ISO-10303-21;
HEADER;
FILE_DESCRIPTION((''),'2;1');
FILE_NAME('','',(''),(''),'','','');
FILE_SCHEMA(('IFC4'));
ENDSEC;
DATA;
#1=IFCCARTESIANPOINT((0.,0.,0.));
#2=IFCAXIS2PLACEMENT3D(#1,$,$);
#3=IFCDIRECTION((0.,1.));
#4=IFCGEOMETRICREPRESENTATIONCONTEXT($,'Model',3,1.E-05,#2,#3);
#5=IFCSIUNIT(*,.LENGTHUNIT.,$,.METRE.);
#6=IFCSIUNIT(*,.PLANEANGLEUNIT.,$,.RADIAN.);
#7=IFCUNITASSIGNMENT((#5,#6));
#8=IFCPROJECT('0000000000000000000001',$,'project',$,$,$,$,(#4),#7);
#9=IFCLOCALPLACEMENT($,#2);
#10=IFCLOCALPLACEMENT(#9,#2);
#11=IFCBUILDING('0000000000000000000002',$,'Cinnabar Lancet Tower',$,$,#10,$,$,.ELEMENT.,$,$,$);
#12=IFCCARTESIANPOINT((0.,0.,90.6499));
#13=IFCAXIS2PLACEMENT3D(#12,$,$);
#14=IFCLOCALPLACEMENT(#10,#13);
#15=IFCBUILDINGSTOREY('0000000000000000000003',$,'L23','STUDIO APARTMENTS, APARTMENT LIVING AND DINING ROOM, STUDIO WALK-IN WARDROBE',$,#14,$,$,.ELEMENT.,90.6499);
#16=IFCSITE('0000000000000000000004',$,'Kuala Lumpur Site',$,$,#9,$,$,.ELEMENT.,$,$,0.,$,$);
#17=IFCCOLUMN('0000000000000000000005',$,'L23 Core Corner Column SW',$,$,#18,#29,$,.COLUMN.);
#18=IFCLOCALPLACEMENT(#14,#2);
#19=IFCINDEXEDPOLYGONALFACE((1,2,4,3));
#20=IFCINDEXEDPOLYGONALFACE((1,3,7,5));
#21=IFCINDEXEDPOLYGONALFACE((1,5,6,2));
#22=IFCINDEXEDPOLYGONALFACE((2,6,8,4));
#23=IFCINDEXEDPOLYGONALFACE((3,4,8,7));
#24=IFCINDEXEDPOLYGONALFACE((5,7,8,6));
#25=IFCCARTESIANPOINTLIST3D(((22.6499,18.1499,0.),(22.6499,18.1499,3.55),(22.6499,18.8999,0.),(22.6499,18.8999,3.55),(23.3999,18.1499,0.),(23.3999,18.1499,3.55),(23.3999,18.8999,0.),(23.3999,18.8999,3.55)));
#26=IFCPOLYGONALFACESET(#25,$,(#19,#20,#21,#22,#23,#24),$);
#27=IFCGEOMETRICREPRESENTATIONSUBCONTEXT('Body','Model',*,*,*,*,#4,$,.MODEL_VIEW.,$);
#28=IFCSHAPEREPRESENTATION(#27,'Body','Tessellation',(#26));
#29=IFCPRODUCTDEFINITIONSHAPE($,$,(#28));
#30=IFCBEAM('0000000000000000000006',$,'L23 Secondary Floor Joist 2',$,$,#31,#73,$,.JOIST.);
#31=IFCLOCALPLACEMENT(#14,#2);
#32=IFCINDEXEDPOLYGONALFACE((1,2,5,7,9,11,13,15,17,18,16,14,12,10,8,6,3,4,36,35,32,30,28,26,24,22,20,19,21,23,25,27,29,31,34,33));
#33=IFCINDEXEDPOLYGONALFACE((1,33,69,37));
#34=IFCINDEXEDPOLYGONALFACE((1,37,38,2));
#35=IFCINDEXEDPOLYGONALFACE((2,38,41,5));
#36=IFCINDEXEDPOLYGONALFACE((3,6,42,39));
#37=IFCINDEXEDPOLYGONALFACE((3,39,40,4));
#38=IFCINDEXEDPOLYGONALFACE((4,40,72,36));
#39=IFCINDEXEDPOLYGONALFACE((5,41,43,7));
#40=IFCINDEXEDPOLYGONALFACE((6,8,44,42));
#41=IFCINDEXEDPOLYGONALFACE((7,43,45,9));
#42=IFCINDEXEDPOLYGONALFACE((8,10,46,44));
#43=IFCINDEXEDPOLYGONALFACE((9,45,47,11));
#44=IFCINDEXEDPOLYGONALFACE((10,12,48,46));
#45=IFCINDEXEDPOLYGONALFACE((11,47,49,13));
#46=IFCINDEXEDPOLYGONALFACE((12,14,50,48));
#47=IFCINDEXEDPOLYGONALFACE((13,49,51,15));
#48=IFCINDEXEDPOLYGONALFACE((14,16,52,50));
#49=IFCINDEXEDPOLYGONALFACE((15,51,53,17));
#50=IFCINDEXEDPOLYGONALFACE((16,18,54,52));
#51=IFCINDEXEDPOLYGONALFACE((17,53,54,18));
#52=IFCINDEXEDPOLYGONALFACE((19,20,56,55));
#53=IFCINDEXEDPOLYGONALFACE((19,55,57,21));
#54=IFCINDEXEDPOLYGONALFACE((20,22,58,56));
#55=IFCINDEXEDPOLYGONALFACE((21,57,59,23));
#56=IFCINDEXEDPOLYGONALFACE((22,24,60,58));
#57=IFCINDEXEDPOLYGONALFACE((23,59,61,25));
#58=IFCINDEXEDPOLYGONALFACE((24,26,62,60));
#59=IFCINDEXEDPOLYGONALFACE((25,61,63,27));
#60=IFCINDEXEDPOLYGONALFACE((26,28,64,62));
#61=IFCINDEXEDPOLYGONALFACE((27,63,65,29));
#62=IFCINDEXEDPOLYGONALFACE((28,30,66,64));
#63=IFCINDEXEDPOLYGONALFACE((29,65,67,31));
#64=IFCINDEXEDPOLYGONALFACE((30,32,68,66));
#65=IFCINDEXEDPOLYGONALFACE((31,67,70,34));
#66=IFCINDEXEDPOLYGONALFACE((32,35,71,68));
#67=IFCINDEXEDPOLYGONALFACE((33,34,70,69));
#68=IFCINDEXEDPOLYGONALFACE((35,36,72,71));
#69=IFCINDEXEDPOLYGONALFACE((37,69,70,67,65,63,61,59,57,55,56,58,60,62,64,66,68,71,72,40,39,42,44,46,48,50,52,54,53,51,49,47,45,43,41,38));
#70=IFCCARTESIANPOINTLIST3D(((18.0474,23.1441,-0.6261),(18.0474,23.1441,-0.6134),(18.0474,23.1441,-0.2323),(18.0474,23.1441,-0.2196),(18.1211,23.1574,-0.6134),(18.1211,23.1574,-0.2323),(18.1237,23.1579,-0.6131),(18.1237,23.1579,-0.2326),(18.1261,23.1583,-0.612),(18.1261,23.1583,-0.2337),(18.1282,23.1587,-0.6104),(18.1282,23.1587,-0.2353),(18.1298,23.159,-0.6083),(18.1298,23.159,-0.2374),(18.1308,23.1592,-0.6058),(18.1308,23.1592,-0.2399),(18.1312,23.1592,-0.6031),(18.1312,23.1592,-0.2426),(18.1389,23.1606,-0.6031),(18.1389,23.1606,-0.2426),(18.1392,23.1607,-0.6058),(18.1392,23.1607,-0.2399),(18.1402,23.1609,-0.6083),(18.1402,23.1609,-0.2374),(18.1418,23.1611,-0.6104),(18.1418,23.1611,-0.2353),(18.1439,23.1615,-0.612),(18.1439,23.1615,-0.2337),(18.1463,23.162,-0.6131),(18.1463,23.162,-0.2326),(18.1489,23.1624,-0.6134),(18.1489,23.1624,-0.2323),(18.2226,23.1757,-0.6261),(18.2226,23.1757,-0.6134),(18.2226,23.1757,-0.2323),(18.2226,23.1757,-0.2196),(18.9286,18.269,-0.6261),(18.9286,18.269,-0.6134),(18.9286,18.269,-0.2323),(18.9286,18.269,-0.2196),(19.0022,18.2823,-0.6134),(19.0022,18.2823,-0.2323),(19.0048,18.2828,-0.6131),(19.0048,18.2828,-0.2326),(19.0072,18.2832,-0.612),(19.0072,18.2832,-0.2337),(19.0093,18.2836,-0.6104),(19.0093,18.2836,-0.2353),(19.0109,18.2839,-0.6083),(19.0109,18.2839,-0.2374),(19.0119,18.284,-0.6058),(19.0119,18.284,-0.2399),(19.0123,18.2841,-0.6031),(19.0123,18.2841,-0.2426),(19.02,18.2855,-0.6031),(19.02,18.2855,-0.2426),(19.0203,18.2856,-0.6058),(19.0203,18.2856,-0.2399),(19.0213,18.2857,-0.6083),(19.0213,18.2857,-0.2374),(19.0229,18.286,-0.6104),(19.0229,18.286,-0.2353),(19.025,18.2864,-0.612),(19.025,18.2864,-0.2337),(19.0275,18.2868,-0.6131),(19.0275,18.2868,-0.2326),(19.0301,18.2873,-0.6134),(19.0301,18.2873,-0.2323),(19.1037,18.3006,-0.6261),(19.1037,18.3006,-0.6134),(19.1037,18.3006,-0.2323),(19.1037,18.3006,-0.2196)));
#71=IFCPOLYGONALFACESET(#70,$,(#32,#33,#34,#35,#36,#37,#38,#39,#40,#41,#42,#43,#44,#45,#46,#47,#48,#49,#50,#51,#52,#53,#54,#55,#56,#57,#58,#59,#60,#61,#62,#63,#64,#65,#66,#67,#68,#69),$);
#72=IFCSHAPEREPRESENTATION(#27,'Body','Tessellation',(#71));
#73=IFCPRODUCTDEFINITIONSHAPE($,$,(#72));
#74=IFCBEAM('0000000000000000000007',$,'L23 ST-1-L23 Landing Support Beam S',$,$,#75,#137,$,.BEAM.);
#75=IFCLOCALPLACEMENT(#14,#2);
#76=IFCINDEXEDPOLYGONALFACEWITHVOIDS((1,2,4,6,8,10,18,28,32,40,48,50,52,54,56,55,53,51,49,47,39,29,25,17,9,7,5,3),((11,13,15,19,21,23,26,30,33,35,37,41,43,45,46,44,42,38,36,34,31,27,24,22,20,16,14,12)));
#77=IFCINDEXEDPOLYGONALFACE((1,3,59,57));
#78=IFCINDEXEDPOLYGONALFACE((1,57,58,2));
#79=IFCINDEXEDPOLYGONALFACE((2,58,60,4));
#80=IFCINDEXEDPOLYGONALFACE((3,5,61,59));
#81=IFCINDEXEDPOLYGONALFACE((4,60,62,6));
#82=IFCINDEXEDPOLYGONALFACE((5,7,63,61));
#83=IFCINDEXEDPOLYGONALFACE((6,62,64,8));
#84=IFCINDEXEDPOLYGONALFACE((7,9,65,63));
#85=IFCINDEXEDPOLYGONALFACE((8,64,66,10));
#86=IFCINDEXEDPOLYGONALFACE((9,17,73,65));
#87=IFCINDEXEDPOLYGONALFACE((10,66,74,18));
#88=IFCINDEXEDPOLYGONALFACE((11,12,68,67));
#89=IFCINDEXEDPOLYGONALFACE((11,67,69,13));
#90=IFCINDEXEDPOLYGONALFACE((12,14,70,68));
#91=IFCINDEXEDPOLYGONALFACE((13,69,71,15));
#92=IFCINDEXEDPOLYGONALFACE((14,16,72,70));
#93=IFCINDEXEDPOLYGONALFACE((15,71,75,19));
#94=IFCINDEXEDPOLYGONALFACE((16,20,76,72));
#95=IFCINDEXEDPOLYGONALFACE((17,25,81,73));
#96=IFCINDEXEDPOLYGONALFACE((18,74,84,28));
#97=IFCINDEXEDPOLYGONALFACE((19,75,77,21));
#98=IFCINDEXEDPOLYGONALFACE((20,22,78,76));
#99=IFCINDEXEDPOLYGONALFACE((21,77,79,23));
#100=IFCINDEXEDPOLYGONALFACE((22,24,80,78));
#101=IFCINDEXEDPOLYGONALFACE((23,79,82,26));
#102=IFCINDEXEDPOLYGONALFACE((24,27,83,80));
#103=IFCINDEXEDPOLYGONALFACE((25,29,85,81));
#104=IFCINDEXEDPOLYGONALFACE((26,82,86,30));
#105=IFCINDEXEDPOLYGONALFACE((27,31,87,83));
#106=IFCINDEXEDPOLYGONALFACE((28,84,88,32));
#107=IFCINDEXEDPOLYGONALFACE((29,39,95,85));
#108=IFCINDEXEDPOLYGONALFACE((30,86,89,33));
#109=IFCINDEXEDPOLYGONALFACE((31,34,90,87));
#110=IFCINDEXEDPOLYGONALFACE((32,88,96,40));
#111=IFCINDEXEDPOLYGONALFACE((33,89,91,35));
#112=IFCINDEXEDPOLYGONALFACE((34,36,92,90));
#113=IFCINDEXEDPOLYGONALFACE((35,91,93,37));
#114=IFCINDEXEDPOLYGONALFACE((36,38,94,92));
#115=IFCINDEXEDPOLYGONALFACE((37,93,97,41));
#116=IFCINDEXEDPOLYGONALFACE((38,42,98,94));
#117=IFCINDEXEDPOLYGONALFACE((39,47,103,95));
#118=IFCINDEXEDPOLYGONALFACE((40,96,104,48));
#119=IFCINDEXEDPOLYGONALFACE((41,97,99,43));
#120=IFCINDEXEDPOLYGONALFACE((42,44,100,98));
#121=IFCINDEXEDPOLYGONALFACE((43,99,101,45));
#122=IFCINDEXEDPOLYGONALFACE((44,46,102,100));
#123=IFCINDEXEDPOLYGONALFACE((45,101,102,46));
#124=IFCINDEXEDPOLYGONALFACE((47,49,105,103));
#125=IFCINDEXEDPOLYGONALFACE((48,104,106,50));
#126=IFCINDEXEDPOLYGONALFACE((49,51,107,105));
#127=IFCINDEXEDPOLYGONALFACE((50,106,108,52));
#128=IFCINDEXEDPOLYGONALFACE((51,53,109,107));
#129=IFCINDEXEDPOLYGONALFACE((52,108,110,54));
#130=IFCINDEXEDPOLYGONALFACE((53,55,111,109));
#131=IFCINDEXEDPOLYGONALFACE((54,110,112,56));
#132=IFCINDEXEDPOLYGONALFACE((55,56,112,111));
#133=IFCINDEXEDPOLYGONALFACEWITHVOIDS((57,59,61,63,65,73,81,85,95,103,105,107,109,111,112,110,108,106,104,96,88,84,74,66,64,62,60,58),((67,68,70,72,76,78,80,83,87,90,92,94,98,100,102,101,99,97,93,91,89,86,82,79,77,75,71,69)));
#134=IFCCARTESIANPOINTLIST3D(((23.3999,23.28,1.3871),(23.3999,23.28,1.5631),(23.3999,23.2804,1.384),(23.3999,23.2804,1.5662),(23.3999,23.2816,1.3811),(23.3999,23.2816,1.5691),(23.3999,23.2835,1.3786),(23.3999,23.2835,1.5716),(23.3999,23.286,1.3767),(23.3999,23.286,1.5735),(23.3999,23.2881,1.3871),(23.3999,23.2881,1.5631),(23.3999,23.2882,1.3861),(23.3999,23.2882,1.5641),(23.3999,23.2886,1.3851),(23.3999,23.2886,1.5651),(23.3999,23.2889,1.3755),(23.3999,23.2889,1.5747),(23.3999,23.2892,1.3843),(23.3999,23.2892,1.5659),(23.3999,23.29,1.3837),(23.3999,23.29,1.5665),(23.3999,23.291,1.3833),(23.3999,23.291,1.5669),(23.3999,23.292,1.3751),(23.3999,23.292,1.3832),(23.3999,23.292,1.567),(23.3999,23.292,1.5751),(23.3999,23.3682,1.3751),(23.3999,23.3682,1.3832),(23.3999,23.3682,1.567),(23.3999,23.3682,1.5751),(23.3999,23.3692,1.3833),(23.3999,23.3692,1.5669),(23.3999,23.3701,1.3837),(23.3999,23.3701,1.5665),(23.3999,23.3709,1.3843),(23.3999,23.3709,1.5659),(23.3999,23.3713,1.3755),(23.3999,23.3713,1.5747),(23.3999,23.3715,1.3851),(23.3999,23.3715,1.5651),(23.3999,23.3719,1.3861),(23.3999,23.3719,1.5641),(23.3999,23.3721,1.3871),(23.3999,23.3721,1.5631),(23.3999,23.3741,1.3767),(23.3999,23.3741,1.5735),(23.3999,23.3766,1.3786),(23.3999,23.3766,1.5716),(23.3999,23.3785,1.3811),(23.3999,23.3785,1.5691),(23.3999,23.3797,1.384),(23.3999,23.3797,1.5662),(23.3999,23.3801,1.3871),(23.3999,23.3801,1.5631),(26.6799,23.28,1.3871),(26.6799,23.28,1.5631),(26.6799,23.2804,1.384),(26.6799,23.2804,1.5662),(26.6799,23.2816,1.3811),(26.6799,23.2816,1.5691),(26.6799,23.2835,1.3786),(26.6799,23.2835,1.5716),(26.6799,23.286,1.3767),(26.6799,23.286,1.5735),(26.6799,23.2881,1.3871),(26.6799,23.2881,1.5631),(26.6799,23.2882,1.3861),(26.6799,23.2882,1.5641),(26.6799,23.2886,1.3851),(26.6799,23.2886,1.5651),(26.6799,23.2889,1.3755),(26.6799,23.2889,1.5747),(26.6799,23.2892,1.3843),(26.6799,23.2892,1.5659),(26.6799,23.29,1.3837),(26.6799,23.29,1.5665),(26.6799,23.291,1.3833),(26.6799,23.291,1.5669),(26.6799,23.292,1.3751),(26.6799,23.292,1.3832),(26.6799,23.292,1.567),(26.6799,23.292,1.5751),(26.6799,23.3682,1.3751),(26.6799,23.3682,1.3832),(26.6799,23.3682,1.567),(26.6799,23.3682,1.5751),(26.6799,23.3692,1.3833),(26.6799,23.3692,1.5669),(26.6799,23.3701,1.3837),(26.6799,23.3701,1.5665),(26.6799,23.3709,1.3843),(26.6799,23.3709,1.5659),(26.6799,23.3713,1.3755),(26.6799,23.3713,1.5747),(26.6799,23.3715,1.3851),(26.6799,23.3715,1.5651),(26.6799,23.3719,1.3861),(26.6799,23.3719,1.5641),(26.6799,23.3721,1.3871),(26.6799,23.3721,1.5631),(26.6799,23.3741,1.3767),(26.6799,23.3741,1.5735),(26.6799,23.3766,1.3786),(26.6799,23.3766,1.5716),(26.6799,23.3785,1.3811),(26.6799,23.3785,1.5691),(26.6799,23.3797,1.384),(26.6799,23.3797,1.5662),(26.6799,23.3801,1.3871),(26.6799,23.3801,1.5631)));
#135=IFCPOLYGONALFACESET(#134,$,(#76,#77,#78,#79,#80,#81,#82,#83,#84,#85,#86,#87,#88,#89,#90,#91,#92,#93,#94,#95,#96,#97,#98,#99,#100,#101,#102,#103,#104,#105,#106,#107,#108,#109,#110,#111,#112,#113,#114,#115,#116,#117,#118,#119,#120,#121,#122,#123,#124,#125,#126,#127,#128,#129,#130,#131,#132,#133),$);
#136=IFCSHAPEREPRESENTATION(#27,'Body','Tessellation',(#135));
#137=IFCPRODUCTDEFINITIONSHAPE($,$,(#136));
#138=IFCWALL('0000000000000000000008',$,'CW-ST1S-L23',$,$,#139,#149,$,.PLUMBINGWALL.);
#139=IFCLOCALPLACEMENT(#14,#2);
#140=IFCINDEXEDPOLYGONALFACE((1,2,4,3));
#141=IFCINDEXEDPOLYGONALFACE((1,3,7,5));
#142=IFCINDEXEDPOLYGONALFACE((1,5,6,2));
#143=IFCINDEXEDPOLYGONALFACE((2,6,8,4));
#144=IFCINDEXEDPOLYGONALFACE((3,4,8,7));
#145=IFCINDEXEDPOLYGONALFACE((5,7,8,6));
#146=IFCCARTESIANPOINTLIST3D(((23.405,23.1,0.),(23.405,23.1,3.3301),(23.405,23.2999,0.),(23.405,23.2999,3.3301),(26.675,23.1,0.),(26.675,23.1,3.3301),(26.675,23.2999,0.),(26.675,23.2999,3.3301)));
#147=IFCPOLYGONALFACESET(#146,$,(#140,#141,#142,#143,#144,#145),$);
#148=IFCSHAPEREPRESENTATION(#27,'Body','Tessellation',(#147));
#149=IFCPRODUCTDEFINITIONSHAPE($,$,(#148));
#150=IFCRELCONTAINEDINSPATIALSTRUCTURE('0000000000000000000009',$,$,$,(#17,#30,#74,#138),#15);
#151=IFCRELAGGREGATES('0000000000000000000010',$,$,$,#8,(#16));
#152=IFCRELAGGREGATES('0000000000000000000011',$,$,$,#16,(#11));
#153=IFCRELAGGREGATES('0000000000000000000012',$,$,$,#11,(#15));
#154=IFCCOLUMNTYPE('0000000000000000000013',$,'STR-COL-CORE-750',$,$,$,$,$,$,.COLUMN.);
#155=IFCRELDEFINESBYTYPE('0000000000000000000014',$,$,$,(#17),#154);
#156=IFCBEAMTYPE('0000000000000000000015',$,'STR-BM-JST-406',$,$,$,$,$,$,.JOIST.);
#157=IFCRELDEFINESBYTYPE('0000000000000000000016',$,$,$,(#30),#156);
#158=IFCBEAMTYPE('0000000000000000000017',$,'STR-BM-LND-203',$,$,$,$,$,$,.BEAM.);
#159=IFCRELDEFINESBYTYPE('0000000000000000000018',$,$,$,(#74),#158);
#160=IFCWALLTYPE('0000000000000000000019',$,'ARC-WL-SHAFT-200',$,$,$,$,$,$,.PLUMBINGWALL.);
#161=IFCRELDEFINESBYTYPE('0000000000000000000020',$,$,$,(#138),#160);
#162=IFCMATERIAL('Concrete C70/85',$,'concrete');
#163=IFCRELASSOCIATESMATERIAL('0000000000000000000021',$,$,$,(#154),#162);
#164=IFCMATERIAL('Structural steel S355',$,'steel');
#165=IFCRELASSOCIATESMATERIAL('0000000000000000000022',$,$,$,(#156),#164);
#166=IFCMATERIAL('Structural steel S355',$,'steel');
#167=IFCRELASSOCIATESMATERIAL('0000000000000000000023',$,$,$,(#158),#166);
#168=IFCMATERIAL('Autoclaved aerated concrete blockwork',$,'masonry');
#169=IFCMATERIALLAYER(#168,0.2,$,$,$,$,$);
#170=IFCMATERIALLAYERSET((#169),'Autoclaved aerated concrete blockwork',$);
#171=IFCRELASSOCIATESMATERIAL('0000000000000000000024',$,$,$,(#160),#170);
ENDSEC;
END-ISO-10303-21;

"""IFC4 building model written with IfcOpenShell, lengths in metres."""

from ifc_helpers import new_model, si_unit, direction, frame, frame_2d, origin, origin_2d, place, context, subcontext, project, spatial, rectangle, hollow_rectangle, i_section, extrude, material, layer, layer_set, material_profile, profile_set, type_object, element, save


model = new_model("IFC4")

# Units and contexts
model_context = context("Model", 3, precision=1e-05, world=origin(), true_north=direction((0.0, 1.0)))
body_context = subcontext(model_context, "Body", "Model", "MODEL_VIEW")
ifc_project = project(units=[si_unit("LENGTHUNIT", "METRE"), si_unit("PLANEANGLEUNIT", "RADIAN")], contexts=[model_context])

# Site, building, storey
site_placement = place(None, origin())
site = spatial("IfcSite", under=ifc_project, at=site_placement, Name="Kuala Lumpur Site", CompositionType="ELEMENT", RefElevation=0.0)
building_placement = place(site_placement, origin())
building = spatial("IfcBuilding", under=site, at=building_placement, Name="Cinnabar Lancet Tower", CompositionType="ELEMENT")
storey_placement = place(building_placement, frame((0.0, 0.0, 90.6499)))
storey = spatial("IfcBuildingStorey", under=building, at=storey_placement, Name="L23", Description="STUDIO APARTMENTS, APARTMENT LIVING AND DINING ROOM, STUDIO WALK-IN WARDROBE", CompositionType="ELEMENT", Elevation=90.6499)

# Column
ifc_material_1 = material(Name="Concrete C70/85", Category="concrete")
ifc_material_profile_1 = material_profile(ifc_material_1, rectangle(XDim=0.75, YDim=0.75, at=origin_2d()), Name="RC-COL 750x750")
ifc_profile_set_1 = profile_set([ifc_material_profile_1], Name="Concrete C70/85")
column_type = type_object("IfcColumnType", Name="STR-COL-CORE-750", PredefinedType="COLUMN", material=ifc_profile_set_1)
column_placement = place(storey_placement, frame((23.0249, 18.5249, 0.0), z_axis=(0.0, 0.0, 1.0), x_axis=(1.0, 0.0, 0.0)))
element("IfcColumn", 1, at=column_placement, inside=storey, type_object=column_type, Name="L23 Core Corner Column SW", PredefinedType="COLUMN", context=body_context, shape_type="SweptSolid", body=[
    extrude(rectangle(XDim=0.75, YDim=0.75, at=origin_2d()), origin(), (0.0, 0.0, 1.0), 3.55),
])

# Beams
ifc_material_2 = material(Name="Structural steel S355", Category="steel")
ifc_material_profile_2 = material_profile(ifc_material_2, i_section(OverallWidth=0.178, OverallDepth=0.4065, WebThickness=0.0078, FlangeThickness=0.0127, FilletRadius=0.0103, at=origin_2d()), Name="UKB 406x178x60")
ifc_profile_set_2 = profile_set([ifc_material_profile_2], Name="Structural steel S355")
beam_type_1 = type_object("IfcBeamType", Name="STR-BM-JST-406", PredefinedType="JOIST", material=ifc_profile_set_2)
beam_1_placement = place(storey_placement, frame((18.135, 23.1599, -0.4229), z_axis=(0.177858, -0.984056, 0.0), x_axis=(0.984056, 0.177858, 0.0)))
element("IfcBeam", 2, at=beam_1_placement, inside=storey, type_object=beam_type_1, Name="L23 Secondary Floor Joist 2", PredefinedType="JOIST", context=body_context, shape_type="SweptSolid", body=[
    extrude(i_section(OverallWidth=0.178, OverallDepth=0.4065, WebThickness=0.0078, FlangeThickness=0.0127, FilletRadius=0.0103, at=origin_2d()), origin(), (0.0, 0.0, 1.0), 4.9541),
])
ifc_material_3 = material(Name="Structural steel S355", Category="steel")
ifc_material_profile_3 = material_profile(ifc_material_3, hollow_rectangle(XDim=0.1001, YDim=0.2, WallThickness=0.0081, InnerFilletRadius=0.0039, OuterFilletRadius=0.012, at=origin_2d()), Name="RHS 200x100x8")
ifc_profile_set_3 = profile_set([ifc_material_profile_3], Name="Structural steel S355")
beam_type_2 = type_object("IfcBeamType", Name="STR-BM-LND-203", PredefinedType="BEAM", material=ifc_profile_set_3)
beam_2_placement = place(storey_placement, frame((23.3999, 23.3301, 1.4751), z_axis=(1.0, 0.0, 0.0), x_axis=(0.0, 1.0, 0.0)))
element("IfcBeam", 3, at=beam_2_placement, inside=storey, type_object=beam_type_2, Name="L23 ST-1-L23 Landing Support Beam S", PredefinedType="BEAM", context=body_context, shape_type="SweptSolid", body=[
    extrude(hollow_rectangle(XDim=0.1001, YDim=0.2, WallThickness=0.0081, InnerFilletRadius=0.0039, OuterFilletRadius=0.012, at=origin_2d()), origin(), (0.0, 0.0, 1.0), 3.28),
])

# Wall
ifc_material_4 = material(Name="Autoclaved aerated concrete blockwork", Category="masonry")
ifc_layer_1 = layer(ifc_material_4, 0.2)
ifc_layer_set_1 = layer_set([ifc_layer_1], Name="Autoclaved aerated concrete blockwork")
wall_type_1 = type_object("IfcWallType", Name="ARC-WL-SHAFT-200", PredefinedType="PLUMBINGWALL", material=ifc_layer_set_1)
wall_1_placement = place(storey_placement, frame((23.405, 23.2, 0.0), z_axis=(0.0, 0.0, 1.0), x_axis=(1.0, 0.0, 0.0)))
element("IfcWall", 4, at=wall_1_placement, inside=storey, type_object=wall_type_1, Name="CW-ST1S-L23", PredefinedType="PLUMBINGWALL", context=body_context, shape_type="SweptSolid", body=[
    extrude(rectangle(XDim=3.27, YDim=0.2, at=frame_2d((1.635, 0.0))), origin(), (0.0, 0.0, 1.0), 3.3301),
])

save(model, "model.ifc")
